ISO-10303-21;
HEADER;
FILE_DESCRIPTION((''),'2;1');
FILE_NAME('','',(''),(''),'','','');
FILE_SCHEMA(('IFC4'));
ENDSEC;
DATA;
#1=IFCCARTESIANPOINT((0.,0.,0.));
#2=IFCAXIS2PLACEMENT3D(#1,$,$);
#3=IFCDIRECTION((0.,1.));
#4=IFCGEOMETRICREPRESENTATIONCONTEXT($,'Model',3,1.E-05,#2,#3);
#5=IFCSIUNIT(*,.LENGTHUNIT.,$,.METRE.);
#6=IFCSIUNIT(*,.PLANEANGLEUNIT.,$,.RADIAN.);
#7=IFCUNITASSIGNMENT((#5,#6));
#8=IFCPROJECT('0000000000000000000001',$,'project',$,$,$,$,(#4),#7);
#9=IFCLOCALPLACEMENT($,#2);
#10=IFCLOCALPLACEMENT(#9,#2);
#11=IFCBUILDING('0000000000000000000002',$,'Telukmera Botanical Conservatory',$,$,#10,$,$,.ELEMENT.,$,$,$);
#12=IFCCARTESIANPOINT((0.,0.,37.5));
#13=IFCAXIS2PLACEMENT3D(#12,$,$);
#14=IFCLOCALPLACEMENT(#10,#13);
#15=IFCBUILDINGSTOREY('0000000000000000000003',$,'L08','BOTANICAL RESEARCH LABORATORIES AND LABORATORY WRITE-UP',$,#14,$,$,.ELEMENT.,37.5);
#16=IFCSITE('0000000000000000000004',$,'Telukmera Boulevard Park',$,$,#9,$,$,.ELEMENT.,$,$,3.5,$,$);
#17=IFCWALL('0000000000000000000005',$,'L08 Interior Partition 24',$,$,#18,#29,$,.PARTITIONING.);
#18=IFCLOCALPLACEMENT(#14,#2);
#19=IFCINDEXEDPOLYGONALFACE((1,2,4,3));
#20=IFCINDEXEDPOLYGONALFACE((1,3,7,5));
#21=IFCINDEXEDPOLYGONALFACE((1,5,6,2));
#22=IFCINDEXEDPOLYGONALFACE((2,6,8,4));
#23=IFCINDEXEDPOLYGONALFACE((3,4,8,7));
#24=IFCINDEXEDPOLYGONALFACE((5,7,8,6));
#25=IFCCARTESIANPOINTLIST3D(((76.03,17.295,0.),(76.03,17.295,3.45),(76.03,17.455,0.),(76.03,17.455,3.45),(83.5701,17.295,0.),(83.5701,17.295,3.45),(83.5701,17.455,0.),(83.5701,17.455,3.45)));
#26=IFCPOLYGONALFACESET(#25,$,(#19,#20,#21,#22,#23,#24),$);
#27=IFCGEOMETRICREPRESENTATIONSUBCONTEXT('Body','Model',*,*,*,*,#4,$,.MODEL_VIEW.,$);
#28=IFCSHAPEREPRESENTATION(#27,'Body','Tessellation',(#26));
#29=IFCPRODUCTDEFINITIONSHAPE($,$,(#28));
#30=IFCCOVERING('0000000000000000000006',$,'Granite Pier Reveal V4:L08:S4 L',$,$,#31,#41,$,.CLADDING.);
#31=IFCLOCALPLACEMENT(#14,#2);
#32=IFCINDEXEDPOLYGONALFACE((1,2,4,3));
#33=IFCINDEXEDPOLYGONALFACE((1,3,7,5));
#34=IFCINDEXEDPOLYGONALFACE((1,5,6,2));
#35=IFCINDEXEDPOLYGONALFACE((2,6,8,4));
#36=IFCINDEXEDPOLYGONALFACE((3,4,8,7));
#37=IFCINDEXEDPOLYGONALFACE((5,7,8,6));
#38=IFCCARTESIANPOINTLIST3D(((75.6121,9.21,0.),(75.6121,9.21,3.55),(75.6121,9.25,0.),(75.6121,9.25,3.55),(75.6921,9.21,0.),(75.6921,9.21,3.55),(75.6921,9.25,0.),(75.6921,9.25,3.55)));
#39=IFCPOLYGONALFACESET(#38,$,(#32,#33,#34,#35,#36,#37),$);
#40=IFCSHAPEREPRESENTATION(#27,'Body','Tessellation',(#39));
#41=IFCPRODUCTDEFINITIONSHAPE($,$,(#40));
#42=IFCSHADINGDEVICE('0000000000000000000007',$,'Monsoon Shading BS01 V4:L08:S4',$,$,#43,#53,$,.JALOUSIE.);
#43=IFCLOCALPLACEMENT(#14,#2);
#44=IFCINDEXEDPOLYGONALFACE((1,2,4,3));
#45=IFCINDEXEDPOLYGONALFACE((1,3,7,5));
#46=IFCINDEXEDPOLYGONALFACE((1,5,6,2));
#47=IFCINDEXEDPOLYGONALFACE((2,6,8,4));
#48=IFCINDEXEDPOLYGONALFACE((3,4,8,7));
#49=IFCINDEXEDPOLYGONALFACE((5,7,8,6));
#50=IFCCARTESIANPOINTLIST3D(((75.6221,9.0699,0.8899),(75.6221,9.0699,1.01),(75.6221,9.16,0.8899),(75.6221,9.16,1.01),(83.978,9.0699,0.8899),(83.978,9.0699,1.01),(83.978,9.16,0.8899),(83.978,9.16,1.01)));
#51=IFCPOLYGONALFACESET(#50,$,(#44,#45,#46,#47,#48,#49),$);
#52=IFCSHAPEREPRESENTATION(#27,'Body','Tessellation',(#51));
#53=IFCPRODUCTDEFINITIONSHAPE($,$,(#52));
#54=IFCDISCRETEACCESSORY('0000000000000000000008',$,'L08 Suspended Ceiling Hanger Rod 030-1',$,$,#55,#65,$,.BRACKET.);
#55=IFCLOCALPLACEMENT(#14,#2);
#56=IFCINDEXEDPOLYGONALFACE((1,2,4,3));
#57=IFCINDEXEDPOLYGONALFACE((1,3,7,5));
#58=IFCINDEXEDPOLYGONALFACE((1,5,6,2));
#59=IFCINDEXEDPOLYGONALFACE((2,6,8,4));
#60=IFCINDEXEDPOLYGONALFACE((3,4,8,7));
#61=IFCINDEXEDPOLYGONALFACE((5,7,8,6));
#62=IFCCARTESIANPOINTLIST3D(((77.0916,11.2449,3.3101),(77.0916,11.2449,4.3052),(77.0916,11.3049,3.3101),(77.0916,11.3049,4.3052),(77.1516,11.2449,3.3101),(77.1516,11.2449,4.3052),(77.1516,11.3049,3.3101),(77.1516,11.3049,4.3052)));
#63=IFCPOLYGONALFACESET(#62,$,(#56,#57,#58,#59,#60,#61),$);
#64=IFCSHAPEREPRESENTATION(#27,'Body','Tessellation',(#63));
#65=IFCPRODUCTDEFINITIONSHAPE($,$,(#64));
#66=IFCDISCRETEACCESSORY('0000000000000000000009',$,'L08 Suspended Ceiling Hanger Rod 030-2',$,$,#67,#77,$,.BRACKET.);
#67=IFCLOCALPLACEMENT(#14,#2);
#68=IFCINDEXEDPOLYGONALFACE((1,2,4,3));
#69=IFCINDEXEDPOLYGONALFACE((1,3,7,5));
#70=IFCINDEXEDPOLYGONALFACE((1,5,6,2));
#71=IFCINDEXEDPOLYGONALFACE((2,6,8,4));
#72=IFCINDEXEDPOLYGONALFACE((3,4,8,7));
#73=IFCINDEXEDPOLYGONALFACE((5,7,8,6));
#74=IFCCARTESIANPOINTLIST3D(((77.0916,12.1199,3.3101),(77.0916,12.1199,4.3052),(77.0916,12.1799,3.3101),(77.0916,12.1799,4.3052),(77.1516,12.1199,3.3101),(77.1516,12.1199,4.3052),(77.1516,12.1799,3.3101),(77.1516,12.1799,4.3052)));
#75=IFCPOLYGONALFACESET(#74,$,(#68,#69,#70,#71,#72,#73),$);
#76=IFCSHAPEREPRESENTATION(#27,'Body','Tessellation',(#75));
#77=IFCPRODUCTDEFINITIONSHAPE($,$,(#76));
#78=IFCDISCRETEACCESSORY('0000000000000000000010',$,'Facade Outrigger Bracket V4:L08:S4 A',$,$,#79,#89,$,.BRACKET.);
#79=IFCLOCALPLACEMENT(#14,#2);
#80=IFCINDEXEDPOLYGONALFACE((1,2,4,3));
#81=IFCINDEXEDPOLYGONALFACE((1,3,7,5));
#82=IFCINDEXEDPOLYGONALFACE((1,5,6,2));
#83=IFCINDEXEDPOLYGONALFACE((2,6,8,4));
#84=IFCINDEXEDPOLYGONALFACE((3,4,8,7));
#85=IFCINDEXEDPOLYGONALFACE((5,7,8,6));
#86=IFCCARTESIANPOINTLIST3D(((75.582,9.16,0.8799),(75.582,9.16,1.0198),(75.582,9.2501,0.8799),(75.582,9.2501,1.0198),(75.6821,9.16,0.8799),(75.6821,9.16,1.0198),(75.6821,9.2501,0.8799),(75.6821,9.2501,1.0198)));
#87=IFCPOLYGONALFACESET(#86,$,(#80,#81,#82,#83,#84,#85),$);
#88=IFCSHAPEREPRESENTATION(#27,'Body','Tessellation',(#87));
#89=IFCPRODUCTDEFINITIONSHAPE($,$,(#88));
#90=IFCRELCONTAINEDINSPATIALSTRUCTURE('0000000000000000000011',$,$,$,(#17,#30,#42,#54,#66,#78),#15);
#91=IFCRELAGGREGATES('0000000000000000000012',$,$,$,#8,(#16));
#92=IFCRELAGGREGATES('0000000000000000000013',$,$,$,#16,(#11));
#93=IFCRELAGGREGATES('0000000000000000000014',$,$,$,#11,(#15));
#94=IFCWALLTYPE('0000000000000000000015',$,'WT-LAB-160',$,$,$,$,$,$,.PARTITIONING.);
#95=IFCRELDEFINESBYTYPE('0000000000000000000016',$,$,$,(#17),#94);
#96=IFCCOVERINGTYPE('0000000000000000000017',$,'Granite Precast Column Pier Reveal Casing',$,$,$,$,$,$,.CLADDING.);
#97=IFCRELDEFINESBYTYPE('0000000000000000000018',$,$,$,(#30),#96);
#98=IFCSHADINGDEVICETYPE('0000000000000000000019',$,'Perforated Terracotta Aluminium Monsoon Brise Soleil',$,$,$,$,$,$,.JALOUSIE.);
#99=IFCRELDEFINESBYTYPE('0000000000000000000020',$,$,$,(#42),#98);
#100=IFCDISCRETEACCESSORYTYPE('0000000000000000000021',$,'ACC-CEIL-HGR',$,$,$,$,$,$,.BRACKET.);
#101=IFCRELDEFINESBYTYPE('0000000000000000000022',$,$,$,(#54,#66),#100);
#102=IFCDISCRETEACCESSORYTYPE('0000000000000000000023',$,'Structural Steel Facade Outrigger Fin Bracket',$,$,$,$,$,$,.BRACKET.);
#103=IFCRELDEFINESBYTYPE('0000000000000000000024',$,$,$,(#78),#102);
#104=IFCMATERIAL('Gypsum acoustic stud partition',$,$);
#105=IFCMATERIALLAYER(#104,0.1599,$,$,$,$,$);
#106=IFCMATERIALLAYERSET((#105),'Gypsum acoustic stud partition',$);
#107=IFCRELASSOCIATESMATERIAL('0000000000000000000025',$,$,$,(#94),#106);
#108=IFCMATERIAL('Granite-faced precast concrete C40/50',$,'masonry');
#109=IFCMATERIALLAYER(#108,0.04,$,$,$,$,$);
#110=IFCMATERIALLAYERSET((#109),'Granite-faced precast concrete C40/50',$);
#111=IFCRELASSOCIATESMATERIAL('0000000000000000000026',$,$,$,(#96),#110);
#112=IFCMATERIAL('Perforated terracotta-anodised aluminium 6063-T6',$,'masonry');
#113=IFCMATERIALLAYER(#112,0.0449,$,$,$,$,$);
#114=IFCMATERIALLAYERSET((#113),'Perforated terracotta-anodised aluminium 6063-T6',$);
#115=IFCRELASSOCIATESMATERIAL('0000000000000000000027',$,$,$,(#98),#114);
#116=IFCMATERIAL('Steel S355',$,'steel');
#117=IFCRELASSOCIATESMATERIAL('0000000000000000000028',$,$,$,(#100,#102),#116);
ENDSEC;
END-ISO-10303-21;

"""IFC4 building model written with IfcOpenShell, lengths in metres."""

from ifc_helpers import new_model, si_unit, direction, frame, frame_2d, origin, origin_2d, place, context, subcontext, project, spatial, rectangle, extrude, material, layer, layer_set, type_object, element, save


model = new_model("IFC4")

# Units and contexts
model_context = context("Model", 3, precision=1e-05, world=origin(), true_north=direction((0.0, 1.0)))
body_context = subcontext(model_context, "Body", "Model", "MODEL_VIEW")
ifc_project = project(units=[si_unit("LENGTHUNIT", "METRE"), si_unit("PLANEANGLEUNIT", "RADIAN")], contexts=[model_context])

# Site, building, storey
site_placement = place(None, origin())
site = spatial("IfcSite", under=ifc_project, at=site_placement, Name="Telukmera Boulevard Park", CompositionType="ELEMENT", RefElevation=3.5)
building_placement = place(site_placement, origin())
building = spatial("IfcBuilding", under=site, at=building_placement, Name="Telukmera Botanical Conservatory", CompositionType="ELEMENT")
storey_placement = place(building_placement, frame((0.0, 0.0, 37.5)))
storey = spatial("IfcBuildingStorey", under=building, at=storey_placement, Name="L08", Description="BOTANICAL RESEARCH LABORATORIES AND LABORATORY WRITE-UP", CompositionType="ELEMENT", Elevation=37.5)

# Wall
ifc_material_1 = material(Name="Gypsum acoustic stud partition")
ifc_layer_1 = layer(ifc_material_1, 0.1599)
ifc_layer_set_1 = layer_set([ifc_layer_1], Name="Gypsum acoustic stud partition")
wall_type = type_object("IfcWallType", Name="WT-LAB-160", PredefinedType="PARTITIONING", material=ifc_layer_set_1)
wall_placement = place(storey_placement, frame((76.03, 17.375, 0.0), z_axis=(0.0, 0.0, 1.0), x_axis=(1.0, 0.0, 0.0)))
element("IfcWall", 1, at=wall_placement, inside=storey, type_object=wall_type, Name="L08 Interior Partition 24", PredefinedType="PARTITIONING", context=body_context, shape_type="SweptSolid", body=[
    extrude(rectangle(XDim=7.54, YDim=0.1599, at=frame_2d((3.77, 0.0))), origin(), (0.0, 0.0, 1.0), 3.45),
])

# Covering
ifc_material_2 = material(Name="Granite-faced precast concrete C40/50", Category="masonry")
ifc_layer_2 = layer(ifc_material_2, 0.04)
ifc_layer_set_2 = layer_set([ifc_layer_2], Name="Granite-faced precast concrete C40/50")
covering_type = type_object("IfcCoveringType", Name="Granite Precast Column Pier Reveal Casing", PredefinedType="CLADDING", material=ifc_layer_set_2)
covering_placement = place(storey_placement, frame((75.6521, 9.23, 0.0), z_axis=(0.0, 0.0, 1.0), x_axis=(1.0, 0.0, 0.0)))
element("IfcCovering", 2, at=covering_placement, inside=storey, type_object=covering_type, Name="Granite Pier Reveal V4:L08:S4 L", PredefinedType="CLADDING", context=body_context, shape_type="SweptSolid", body=[
    extrude(rectangle(XDim=0.0801, YDim=0.04, at=origin_2d()), origin(), (0.0, 0.0, 1.0), 3.55),
])

# Shading device
ifc_material_3 = material(Name="Perforated terracotta-anodised aluminium 6063-T6", Category="masonry")
ifc_layer_3 = layer(ifc_material_3, 0.0449)
ifc_layer_set_3 = layer_set([ifc_layer_3], Name="Perforated terracotta-anodised aluminium 6063-T6")
shading_device_type = type_object("IfcShadingDeviceType", Name="Perforated Terracotta Aluminium Monsoon Brise Soleil", PredefinedType="JALOUSIE", material=ifc_layer_set_3)
shading_device_placement = place(storey_placement, frame((79.8, 9.115, 0.8899), z_axis=(0.0, 0.0, 1.0), x_axis=(1.0, 0.0, 0.0)))
element("IfcShadingDevice", 3, at=shading_device_placement, inside=storey, type_object=shading_device_type, Name="Monsoon Shading BS01 V4:L08:S4", PredefinedType="JALOUSIE", context=body_context, shape_type="SweptSolid", body=[
    extrude(rectangle(XDim=8.356, YDim=0.0901, at=origin_2d()), origin(), (0.0, 0.0, 1.0), 0.1201),
])

# Discrete accessories
ifc_material_4 = material(Name="Steel S355", Category="steel")
discrete_accessory_type_1 = type_object("IfcDiscreteAccessoryType", Name="ACC-CEIL-HGR", PredefinedType="BRACKET", material=ifc_material_4)
for number, where, z_axis, x_axis, name in (
    (4, (77.1216, 11.2749, 3.3101), (0.0, 0.0, 1.0), (1.0, 0.0, 0.0), "L08 Suspended Ceiling Hanger Rod 030-1"),
    (5, (77.1216, 12.1499, 3.3101), (0.0, 0.0, 1.0), (1.0, 0.0, 0.0), "L08 Suspended Ceiling Hanger Rod 030-2"),
):
    element("IfcDiscreteAccessory", number, at=place(storey_placement, frame(where, z_axis=z_axis, x_axis=x_axis)), inside=storey, type_object=discrete_accessory_type_1, Name=name, PredefinedType="BRACKET", context=body_context, shape_type="SweptSolid", body=[
        extrude(rectangle(XDim=0.0601, YDim=0.0601, at=origin_2d()), origin(), (0.0, 0.0, 1.0), 0.9951),
    ])
discrete_accessory_type_2 = type_object("IfcDiscreteAccessoryType", Name="Structural Steel Facade Outrigger Fin Bracket", PredefinedType="BRACKET", material=ifc_material_4)
discrete_accessory_placement = place(storey_placement, frame((75.6321, 9.2051, 0.8799), z_axis=(0.0, 0.0, 1.0), x_axis=(1.0, 0.0, 0.0)))
element("IfcDiscreteAccessory", 6, at=discrete_accessory_placement, inside=storey, type_object=discrete_accessory_type_2, Name="Facade Outrigger Bracket V4:L08:S4 A", PredefinedType="BRACKET", context=body_context, shape_type="SweptSolid", body=[
    extrude(rectangle(XDim=0.1001, YDim=0.0901, at=origin_2d()), origin(), (0.0, 0.0, 1.0), 0.1399),
])

save(model, "model.ifc")
